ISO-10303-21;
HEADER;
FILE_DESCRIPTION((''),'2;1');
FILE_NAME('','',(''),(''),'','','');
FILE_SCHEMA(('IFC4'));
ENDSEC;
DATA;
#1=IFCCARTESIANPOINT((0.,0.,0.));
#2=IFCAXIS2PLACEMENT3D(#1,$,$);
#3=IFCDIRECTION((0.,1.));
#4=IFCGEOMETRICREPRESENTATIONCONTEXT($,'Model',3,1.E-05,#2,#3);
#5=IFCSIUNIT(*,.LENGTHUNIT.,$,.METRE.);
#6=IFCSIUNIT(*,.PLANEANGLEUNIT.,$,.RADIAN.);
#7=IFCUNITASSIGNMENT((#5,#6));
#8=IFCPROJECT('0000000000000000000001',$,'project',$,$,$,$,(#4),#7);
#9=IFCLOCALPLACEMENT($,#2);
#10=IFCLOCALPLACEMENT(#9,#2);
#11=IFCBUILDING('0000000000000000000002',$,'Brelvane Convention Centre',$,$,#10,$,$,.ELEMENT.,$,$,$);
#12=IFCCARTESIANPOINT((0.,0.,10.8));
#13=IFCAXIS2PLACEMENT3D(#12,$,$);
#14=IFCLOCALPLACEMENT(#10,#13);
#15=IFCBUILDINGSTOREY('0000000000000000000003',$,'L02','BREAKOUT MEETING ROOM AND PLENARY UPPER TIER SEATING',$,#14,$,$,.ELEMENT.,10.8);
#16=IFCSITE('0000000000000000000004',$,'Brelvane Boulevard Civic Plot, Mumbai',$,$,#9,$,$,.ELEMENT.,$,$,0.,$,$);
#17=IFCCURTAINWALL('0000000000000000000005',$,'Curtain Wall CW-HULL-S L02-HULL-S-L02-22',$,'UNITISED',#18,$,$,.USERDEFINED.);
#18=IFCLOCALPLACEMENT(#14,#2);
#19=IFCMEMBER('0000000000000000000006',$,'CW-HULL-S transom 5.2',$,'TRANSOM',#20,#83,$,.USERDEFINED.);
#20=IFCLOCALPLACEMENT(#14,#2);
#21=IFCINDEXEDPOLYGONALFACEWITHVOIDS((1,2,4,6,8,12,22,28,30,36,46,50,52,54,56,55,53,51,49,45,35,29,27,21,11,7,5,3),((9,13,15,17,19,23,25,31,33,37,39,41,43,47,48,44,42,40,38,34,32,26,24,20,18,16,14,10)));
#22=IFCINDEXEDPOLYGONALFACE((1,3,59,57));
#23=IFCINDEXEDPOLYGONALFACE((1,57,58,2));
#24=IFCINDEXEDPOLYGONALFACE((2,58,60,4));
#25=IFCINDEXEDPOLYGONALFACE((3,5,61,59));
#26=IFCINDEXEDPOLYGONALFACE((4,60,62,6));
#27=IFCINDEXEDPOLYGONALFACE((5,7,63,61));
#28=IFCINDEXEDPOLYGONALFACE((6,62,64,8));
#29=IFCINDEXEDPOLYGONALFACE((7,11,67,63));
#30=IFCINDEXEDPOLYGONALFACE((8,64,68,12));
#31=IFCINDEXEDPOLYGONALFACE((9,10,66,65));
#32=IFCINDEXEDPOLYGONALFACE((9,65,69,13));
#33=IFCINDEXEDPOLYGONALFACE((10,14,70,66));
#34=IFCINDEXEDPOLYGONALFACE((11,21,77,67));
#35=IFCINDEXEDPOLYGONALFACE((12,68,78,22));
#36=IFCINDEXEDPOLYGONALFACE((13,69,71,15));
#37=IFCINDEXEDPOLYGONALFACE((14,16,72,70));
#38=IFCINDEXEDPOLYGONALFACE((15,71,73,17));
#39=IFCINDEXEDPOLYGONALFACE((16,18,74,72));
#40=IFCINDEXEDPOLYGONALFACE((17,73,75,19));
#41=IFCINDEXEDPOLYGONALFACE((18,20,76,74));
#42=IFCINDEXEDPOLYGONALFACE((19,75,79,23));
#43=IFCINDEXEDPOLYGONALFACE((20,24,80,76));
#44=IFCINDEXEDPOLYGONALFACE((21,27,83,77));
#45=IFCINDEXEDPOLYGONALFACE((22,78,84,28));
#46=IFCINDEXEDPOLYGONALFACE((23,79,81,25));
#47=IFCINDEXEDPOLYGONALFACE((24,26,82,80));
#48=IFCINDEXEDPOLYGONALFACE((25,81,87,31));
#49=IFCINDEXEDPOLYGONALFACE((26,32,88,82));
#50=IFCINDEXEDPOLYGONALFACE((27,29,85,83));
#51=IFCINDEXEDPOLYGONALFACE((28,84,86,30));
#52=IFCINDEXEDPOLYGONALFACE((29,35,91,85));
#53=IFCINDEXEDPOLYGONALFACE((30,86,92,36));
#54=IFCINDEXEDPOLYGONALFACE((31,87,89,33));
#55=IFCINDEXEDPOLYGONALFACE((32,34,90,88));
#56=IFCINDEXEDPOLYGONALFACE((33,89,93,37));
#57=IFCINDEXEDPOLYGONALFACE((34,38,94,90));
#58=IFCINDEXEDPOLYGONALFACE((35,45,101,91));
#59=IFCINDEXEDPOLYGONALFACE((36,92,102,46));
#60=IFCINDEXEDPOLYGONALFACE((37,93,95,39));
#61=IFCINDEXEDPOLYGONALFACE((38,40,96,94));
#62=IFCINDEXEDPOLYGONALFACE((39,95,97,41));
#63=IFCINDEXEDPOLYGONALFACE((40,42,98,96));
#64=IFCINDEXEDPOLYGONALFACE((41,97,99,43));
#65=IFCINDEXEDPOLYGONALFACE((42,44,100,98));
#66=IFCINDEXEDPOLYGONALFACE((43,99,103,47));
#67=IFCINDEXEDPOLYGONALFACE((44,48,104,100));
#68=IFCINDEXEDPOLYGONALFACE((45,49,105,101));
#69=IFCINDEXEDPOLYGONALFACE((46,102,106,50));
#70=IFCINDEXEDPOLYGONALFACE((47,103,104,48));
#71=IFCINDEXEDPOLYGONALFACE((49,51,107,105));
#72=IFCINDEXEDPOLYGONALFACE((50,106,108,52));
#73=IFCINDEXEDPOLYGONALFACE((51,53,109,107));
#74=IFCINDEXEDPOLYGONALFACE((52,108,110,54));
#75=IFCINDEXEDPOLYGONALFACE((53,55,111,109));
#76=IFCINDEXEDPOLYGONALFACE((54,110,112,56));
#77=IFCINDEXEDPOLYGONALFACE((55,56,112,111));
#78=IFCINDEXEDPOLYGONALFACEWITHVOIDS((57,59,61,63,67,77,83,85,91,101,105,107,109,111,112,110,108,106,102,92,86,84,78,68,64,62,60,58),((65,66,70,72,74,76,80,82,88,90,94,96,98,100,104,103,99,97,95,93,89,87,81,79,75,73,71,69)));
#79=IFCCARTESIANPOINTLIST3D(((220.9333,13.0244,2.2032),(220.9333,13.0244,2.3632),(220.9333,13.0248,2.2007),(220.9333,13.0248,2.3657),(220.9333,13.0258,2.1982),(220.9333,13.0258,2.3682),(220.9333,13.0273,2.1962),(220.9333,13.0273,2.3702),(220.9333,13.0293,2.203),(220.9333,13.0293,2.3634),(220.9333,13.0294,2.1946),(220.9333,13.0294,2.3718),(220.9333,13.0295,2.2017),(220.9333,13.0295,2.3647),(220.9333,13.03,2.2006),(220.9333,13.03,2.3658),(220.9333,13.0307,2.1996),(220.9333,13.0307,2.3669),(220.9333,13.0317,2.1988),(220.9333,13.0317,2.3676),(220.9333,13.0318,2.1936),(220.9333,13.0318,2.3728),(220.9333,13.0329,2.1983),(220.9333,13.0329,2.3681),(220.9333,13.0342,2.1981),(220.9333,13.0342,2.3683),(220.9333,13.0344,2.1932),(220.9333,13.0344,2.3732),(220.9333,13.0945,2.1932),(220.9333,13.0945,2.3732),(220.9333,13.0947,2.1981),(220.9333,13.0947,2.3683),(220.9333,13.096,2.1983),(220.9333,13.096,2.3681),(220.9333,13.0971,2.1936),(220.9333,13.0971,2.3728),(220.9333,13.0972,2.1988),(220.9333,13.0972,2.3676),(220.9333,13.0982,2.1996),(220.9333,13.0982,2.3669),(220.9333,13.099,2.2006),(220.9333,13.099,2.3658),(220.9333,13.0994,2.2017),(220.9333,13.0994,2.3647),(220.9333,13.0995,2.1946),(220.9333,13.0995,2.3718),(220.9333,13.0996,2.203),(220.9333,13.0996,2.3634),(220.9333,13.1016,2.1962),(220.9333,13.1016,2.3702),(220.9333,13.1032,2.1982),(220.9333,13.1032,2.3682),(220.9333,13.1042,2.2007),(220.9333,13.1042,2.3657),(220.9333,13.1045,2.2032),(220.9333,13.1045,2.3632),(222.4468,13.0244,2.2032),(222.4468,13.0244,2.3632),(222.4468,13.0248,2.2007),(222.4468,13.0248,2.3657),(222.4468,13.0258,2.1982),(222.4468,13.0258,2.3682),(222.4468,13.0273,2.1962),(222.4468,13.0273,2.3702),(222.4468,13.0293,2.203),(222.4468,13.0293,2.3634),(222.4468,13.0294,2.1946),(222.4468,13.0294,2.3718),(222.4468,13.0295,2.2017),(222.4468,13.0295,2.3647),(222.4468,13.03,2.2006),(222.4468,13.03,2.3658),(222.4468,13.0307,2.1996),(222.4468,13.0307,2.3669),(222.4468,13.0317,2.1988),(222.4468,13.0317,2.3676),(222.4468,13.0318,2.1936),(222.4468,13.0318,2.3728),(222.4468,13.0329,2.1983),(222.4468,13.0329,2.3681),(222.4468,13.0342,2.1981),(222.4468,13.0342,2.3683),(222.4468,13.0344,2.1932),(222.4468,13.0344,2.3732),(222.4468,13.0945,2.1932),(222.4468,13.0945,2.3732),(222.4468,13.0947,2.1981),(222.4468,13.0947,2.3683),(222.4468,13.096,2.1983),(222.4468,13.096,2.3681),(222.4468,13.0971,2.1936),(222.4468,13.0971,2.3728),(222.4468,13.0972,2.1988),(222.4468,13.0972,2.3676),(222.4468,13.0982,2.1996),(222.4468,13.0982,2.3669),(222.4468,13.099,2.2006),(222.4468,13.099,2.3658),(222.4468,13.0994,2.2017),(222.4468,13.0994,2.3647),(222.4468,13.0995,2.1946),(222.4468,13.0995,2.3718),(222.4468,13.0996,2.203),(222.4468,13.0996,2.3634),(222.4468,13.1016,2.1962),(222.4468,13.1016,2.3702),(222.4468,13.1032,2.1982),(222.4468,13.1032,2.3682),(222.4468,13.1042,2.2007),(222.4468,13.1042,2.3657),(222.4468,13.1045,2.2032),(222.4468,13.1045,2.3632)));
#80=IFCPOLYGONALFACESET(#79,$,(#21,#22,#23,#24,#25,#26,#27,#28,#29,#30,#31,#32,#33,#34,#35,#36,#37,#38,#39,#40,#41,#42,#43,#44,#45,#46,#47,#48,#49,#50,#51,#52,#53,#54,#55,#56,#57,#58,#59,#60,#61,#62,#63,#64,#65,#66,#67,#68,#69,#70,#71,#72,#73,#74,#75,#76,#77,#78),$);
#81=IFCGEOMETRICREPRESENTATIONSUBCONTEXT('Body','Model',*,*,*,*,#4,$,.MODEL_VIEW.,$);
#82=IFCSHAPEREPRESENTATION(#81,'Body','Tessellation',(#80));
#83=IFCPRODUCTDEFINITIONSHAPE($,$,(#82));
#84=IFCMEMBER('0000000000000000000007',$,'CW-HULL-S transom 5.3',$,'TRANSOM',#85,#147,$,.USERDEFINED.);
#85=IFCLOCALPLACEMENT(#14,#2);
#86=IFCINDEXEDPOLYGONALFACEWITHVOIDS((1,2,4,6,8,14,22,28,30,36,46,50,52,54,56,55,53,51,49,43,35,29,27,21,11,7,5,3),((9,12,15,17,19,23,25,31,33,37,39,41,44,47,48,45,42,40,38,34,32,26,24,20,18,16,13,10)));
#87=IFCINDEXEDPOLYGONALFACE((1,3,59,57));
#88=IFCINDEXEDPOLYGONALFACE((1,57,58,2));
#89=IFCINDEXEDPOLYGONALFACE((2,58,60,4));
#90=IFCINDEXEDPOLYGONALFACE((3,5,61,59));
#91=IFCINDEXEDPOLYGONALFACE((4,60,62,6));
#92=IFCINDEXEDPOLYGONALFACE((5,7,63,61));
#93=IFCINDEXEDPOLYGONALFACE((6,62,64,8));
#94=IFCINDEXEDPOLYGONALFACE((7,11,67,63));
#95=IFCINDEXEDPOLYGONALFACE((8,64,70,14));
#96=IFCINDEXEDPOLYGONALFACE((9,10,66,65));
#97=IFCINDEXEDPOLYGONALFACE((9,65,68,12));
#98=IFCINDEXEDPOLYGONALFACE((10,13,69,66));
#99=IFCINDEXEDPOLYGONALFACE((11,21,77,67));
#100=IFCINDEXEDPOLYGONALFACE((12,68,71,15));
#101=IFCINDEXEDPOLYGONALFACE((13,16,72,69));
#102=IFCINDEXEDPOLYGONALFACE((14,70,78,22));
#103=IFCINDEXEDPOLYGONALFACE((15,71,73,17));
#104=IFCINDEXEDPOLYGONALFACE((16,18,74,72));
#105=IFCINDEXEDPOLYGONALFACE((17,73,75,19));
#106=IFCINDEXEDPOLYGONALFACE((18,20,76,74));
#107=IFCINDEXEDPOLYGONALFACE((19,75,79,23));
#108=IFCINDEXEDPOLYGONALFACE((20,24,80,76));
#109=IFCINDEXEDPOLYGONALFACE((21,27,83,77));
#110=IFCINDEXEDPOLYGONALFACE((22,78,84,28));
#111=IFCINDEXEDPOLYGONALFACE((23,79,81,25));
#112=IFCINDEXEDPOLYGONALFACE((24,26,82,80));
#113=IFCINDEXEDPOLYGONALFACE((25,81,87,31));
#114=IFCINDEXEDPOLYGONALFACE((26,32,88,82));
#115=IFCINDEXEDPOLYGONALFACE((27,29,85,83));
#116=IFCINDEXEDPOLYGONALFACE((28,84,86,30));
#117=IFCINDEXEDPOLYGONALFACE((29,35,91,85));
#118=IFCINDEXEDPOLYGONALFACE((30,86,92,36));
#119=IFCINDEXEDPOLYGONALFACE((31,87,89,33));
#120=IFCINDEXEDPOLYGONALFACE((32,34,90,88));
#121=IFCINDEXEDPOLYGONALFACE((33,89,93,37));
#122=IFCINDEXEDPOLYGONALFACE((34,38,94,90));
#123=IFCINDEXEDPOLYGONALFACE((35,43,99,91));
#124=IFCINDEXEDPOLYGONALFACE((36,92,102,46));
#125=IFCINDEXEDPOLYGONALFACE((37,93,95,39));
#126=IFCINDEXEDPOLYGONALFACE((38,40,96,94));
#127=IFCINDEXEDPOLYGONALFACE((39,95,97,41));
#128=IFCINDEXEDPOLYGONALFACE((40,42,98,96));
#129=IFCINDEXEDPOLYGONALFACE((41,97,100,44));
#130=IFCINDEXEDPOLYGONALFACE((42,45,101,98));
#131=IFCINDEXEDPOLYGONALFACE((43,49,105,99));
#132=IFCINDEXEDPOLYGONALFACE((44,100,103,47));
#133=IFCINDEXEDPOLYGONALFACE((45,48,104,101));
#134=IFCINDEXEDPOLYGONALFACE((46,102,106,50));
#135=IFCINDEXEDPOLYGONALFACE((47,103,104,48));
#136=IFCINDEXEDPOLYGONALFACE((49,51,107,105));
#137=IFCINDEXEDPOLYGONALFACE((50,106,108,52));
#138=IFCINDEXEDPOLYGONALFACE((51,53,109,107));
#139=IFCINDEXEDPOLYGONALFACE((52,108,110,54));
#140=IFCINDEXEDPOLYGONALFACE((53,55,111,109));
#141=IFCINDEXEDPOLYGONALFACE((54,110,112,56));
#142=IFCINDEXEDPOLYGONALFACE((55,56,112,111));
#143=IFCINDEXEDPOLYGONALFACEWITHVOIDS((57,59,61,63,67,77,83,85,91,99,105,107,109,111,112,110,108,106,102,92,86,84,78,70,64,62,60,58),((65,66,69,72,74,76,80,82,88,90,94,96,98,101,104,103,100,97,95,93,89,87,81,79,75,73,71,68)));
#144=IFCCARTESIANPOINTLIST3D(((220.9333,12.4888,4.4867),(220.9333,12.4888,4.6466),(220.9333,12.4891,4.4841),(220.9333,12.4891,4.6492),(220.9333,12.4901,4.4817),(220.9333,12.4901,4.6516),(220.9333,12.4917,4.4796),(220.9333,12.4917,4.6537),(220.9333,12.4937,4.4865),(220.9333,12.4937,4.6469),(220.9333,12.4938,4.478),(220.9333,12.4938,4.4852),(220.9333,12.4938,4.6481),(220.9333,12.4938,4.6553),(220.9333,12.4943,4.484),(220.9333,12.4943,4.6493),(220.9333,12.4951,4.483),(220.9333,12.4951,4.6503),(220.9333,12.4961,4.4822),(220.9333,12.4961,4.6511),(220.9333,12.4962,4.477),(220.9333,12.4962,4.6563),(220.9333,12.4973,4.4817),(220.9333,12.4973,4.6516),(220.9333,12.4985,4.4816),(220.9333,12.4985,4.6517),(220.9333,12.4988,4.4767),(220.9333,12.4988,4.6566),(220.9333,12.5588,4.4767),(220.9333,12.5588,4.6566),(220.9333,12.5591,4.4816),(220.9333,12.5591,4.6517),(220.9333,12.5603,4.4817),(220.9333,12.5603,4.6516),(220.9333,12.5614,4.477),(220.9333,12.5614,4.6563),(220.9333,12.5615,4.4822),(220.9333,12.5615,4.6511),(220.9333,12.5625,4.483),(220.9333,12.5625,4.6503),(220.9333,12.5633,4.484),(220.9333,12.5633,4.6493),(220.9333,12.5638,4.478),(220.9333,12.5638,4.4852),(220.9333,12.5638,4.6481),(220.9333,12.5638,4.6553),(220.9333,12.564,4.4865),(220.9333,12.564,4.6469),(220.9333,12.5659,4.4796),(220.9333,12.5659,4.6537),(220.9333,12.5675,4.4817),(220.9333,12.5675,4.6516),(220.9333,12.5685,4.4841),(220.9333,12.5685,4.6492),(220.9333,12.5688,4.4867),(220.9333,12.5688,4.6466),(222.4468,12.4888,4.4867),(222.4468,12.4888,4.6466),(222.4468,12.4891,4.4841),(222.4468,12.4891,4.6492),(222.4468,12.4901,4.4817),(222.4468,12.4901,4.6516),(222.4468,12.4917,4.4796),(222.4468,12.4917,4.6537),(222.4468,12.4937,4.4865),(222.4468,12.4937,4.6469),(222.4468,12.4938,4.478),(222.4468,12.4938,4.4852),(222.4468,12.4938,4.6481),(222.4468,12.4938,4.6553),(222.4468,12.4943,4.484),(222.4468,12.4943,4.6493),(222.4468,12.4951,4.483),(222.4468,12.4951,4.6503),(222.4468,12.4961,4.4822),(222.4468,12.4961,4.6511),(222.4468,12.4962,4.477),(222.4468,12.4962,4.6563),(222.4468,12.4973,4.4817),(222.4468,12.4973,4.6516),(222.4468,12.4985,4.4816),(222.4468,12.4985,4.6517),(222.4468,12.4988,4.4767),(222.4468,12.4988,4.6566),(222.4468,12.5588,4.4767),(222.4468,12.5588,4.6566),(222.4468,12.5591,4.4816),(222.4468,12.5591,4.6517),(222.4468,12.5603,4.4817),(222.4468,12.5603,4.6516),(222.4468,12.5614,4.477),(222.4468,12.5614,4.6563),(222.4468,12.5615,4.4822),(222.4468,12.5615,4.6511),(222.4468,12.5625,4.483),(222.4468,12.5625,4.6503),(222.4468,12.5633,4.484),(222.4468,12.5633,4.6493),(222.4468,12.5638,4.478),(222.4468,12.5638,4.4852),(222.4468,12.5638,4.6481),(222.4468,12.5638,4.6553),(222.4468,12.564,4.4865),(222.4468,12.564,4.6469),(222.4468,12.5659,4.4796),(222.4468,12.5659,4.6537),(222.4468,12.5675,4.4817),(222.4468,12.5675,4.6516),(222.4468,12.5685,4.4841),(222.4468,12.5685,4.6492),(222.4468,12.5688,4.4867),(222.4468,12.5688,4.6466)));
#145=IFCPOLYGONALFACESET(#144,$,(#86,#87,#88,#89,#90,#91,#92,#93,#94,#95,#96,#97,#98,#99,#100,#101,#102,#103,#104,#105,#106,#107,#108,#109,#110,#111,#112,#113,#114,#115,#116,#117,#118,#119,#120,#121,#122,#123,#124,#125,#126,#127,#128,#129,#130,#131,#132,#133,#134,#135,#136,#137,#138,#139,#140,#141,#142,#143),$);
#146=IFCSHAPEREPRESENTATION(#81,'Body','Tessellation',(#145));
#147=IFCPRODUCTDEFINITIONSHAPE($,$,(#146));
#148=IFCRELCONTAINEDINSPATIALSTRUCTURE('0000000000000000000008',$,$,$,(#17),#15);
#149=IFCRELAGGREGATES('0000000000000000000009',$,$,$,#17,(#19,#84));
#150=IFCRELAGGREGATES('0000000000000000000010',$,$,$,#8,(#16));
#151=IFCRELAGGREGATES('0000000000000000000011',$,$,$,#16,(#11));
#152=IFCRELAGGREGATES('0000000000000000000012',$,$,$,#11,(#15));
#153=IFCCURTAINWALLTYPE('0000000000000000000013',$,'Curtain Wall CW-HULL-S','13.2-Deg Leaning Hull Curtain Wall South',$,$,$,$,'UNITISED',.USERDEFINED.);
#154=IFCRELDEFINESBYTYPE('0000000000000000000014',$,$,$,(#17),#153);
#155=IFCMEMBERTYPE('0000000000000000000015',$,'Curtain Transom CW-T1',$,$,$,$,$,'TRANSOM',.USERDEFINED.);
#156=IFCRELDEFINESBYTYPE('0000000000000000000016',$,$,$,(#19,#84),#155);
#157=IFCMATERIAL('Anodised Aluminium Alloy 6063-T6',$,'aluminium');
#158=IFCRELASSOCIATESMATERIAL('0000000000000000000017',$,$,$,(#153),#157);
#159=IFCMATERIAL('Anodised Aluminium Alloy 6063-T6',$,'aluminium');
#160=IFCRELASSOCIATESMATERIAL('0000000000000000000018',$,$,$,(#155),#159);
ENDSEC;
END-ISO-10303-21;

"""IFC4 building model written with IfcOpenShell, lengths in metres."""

from ifc_helpers import new_model, si_unit, direction, frame, origin, origin_2d, place, context, subcontext, project, spatial, hollow_rectangle, extrude, material, material_profile, profile_set, type_object, element, aggregate, save


model = new_model("IFC4")

# Units and contexts
model_context = context("Model", 3, precision=1e-05, world=origin(), true_north=direction((0.0, 1.0)))
body_context = subcontext(model_context, "Body", "Model", "MODEL_VIEW")
ifc_project = project(units=[si_unit("LENGTHUNIT", "METRE"), si_unit("PLANEANGLEUNIT", "RADIAN")], contexts=[model_context])

# Site, building, storey
site_placement = place(None, origin())
site = spatial("IfcSite", under=ifc_project, at=site_placement, Name="Brelvane Boulevard Civic Plot, Mumbai", CompositionType="ELEMENT", RefElevation=0.0)
building_placement = place(site_placement, origin())
building = spatial("IfcBuilding", under=site, at=building_placement, Name="Brelvane Convention Centre", CompositionType="ELEMENT")
storey_placement = place(building_placement, frame((0.0, 0.0, 10.8)))
storey = spatial("IfcBuildingStorey", under=building, at=storey_placement, Name="L02", Description="BREAKOUT MEETING ROOM AND PLENARY UPPER TIER SEATING", CompositionType="ELEMENT", Elevation=10.8)

# Curtain wall
ifc_material_1 = material(Name="Anodised Aluminium Alloy 6063-T6", Category="aluminium")
curtain_wall_type_1 = type_object("IfcCurtainWallType", Name="Curtain Wall CW-HULL-S", Description="13.2-Deg Leaning Hull Curtain Wall South", ElementType="UNITISED", PredefinedType="USERDEFINED", material=ifc_material_1)
curtain_wall_1_placement = place(storey_placement, origin())
curtain_wall_1 = element("IfcCurtainWall", 1, at=curtain_wall_1_placement, inside=storey, type_object=curtain_wall_type_1, Name="Curtain Wall CW-HULL-S L02-HULL-S-L02-22", ObjectType="UNITISED", PredefinedType="USERDEFINED")

# Members
ifc_material_2 = material(Name="Anodised Aluminium Alloy 6063-T6", Category="aluminium")
ifc_material_profile_1 = material_profile(ifc_material_2, hollow_rectangle(XDim=0.0801, YDim=0.1799, WallThickness=0.0049, InnerFilletRadius=0.0049, OuterFilletRadius=0.01, at=origin_2d()), Name="ALU-T 180x80x5.0")
ifc_profile_set_1 = profile_set([ifc_material_profile_1], Name="Anodised Aluminium Alloy 6063-T6")
member_type_1 = type_object("IfcMemberType", Name="Curtain Transom CW-T1", ElementType="TRANSOM", PredefinedType="USERDEFINED", material=ifc_profile_set_1)
member_1_placement = place(storey_placement, frame((220.9333, 13.0645, 2.2832), z_axis=(1.0, 0.0, 0.0), x_axis=(0.0, 1.0, 0.0)))
member_1 = element("IfcMember", 2, at=member_1_placement, type_object=member_type_1, Name="CW-HULL-S transom 5.2", ObjectType="TRANSOM", PredefinedType="USERDEFINED", context=body_context, shape_type="SweptSolid", body=[
    extrude(hollow_rectangle(XDim=0.0801, YDim=0.1799, WallThickness=0.0049, InnerFilletRadius=0.0049, OuterFilletRadius=0.01, at=origin_2d()), origin(), (0.0, 0.0, 1.0), 1.5134),
])
member_2_placement = place(storey_placement, frame((220.9333, 12.5288, 4.5667), z_axis=(1.0, 0.0, 0.0), x_axis=(0.0, 1.0, 0.0)))
member_2 = element("IfcMember", 3, at=member_2_placement, type_object=member_type_1, Name="CW-HULL-S transom 5.3", ObjectType="TRANSOM", PredefinedType="USERDEFINED", context=body_context, shape_type="SweptSolid", body=[
    extrude(hollow_rectangle(XDim=0.0801, YDim=0.1799, WallThickness=0.0049, InnerFilletRadius=0.0049, OuterFilletRadius=0.01, at=origin_2d()), origin(), (0.0, 0.0, 1.0), 1.5134),
])

aggregate(curtain_wall_1, [member_1, member_2])

save(model, "model.ifc")
